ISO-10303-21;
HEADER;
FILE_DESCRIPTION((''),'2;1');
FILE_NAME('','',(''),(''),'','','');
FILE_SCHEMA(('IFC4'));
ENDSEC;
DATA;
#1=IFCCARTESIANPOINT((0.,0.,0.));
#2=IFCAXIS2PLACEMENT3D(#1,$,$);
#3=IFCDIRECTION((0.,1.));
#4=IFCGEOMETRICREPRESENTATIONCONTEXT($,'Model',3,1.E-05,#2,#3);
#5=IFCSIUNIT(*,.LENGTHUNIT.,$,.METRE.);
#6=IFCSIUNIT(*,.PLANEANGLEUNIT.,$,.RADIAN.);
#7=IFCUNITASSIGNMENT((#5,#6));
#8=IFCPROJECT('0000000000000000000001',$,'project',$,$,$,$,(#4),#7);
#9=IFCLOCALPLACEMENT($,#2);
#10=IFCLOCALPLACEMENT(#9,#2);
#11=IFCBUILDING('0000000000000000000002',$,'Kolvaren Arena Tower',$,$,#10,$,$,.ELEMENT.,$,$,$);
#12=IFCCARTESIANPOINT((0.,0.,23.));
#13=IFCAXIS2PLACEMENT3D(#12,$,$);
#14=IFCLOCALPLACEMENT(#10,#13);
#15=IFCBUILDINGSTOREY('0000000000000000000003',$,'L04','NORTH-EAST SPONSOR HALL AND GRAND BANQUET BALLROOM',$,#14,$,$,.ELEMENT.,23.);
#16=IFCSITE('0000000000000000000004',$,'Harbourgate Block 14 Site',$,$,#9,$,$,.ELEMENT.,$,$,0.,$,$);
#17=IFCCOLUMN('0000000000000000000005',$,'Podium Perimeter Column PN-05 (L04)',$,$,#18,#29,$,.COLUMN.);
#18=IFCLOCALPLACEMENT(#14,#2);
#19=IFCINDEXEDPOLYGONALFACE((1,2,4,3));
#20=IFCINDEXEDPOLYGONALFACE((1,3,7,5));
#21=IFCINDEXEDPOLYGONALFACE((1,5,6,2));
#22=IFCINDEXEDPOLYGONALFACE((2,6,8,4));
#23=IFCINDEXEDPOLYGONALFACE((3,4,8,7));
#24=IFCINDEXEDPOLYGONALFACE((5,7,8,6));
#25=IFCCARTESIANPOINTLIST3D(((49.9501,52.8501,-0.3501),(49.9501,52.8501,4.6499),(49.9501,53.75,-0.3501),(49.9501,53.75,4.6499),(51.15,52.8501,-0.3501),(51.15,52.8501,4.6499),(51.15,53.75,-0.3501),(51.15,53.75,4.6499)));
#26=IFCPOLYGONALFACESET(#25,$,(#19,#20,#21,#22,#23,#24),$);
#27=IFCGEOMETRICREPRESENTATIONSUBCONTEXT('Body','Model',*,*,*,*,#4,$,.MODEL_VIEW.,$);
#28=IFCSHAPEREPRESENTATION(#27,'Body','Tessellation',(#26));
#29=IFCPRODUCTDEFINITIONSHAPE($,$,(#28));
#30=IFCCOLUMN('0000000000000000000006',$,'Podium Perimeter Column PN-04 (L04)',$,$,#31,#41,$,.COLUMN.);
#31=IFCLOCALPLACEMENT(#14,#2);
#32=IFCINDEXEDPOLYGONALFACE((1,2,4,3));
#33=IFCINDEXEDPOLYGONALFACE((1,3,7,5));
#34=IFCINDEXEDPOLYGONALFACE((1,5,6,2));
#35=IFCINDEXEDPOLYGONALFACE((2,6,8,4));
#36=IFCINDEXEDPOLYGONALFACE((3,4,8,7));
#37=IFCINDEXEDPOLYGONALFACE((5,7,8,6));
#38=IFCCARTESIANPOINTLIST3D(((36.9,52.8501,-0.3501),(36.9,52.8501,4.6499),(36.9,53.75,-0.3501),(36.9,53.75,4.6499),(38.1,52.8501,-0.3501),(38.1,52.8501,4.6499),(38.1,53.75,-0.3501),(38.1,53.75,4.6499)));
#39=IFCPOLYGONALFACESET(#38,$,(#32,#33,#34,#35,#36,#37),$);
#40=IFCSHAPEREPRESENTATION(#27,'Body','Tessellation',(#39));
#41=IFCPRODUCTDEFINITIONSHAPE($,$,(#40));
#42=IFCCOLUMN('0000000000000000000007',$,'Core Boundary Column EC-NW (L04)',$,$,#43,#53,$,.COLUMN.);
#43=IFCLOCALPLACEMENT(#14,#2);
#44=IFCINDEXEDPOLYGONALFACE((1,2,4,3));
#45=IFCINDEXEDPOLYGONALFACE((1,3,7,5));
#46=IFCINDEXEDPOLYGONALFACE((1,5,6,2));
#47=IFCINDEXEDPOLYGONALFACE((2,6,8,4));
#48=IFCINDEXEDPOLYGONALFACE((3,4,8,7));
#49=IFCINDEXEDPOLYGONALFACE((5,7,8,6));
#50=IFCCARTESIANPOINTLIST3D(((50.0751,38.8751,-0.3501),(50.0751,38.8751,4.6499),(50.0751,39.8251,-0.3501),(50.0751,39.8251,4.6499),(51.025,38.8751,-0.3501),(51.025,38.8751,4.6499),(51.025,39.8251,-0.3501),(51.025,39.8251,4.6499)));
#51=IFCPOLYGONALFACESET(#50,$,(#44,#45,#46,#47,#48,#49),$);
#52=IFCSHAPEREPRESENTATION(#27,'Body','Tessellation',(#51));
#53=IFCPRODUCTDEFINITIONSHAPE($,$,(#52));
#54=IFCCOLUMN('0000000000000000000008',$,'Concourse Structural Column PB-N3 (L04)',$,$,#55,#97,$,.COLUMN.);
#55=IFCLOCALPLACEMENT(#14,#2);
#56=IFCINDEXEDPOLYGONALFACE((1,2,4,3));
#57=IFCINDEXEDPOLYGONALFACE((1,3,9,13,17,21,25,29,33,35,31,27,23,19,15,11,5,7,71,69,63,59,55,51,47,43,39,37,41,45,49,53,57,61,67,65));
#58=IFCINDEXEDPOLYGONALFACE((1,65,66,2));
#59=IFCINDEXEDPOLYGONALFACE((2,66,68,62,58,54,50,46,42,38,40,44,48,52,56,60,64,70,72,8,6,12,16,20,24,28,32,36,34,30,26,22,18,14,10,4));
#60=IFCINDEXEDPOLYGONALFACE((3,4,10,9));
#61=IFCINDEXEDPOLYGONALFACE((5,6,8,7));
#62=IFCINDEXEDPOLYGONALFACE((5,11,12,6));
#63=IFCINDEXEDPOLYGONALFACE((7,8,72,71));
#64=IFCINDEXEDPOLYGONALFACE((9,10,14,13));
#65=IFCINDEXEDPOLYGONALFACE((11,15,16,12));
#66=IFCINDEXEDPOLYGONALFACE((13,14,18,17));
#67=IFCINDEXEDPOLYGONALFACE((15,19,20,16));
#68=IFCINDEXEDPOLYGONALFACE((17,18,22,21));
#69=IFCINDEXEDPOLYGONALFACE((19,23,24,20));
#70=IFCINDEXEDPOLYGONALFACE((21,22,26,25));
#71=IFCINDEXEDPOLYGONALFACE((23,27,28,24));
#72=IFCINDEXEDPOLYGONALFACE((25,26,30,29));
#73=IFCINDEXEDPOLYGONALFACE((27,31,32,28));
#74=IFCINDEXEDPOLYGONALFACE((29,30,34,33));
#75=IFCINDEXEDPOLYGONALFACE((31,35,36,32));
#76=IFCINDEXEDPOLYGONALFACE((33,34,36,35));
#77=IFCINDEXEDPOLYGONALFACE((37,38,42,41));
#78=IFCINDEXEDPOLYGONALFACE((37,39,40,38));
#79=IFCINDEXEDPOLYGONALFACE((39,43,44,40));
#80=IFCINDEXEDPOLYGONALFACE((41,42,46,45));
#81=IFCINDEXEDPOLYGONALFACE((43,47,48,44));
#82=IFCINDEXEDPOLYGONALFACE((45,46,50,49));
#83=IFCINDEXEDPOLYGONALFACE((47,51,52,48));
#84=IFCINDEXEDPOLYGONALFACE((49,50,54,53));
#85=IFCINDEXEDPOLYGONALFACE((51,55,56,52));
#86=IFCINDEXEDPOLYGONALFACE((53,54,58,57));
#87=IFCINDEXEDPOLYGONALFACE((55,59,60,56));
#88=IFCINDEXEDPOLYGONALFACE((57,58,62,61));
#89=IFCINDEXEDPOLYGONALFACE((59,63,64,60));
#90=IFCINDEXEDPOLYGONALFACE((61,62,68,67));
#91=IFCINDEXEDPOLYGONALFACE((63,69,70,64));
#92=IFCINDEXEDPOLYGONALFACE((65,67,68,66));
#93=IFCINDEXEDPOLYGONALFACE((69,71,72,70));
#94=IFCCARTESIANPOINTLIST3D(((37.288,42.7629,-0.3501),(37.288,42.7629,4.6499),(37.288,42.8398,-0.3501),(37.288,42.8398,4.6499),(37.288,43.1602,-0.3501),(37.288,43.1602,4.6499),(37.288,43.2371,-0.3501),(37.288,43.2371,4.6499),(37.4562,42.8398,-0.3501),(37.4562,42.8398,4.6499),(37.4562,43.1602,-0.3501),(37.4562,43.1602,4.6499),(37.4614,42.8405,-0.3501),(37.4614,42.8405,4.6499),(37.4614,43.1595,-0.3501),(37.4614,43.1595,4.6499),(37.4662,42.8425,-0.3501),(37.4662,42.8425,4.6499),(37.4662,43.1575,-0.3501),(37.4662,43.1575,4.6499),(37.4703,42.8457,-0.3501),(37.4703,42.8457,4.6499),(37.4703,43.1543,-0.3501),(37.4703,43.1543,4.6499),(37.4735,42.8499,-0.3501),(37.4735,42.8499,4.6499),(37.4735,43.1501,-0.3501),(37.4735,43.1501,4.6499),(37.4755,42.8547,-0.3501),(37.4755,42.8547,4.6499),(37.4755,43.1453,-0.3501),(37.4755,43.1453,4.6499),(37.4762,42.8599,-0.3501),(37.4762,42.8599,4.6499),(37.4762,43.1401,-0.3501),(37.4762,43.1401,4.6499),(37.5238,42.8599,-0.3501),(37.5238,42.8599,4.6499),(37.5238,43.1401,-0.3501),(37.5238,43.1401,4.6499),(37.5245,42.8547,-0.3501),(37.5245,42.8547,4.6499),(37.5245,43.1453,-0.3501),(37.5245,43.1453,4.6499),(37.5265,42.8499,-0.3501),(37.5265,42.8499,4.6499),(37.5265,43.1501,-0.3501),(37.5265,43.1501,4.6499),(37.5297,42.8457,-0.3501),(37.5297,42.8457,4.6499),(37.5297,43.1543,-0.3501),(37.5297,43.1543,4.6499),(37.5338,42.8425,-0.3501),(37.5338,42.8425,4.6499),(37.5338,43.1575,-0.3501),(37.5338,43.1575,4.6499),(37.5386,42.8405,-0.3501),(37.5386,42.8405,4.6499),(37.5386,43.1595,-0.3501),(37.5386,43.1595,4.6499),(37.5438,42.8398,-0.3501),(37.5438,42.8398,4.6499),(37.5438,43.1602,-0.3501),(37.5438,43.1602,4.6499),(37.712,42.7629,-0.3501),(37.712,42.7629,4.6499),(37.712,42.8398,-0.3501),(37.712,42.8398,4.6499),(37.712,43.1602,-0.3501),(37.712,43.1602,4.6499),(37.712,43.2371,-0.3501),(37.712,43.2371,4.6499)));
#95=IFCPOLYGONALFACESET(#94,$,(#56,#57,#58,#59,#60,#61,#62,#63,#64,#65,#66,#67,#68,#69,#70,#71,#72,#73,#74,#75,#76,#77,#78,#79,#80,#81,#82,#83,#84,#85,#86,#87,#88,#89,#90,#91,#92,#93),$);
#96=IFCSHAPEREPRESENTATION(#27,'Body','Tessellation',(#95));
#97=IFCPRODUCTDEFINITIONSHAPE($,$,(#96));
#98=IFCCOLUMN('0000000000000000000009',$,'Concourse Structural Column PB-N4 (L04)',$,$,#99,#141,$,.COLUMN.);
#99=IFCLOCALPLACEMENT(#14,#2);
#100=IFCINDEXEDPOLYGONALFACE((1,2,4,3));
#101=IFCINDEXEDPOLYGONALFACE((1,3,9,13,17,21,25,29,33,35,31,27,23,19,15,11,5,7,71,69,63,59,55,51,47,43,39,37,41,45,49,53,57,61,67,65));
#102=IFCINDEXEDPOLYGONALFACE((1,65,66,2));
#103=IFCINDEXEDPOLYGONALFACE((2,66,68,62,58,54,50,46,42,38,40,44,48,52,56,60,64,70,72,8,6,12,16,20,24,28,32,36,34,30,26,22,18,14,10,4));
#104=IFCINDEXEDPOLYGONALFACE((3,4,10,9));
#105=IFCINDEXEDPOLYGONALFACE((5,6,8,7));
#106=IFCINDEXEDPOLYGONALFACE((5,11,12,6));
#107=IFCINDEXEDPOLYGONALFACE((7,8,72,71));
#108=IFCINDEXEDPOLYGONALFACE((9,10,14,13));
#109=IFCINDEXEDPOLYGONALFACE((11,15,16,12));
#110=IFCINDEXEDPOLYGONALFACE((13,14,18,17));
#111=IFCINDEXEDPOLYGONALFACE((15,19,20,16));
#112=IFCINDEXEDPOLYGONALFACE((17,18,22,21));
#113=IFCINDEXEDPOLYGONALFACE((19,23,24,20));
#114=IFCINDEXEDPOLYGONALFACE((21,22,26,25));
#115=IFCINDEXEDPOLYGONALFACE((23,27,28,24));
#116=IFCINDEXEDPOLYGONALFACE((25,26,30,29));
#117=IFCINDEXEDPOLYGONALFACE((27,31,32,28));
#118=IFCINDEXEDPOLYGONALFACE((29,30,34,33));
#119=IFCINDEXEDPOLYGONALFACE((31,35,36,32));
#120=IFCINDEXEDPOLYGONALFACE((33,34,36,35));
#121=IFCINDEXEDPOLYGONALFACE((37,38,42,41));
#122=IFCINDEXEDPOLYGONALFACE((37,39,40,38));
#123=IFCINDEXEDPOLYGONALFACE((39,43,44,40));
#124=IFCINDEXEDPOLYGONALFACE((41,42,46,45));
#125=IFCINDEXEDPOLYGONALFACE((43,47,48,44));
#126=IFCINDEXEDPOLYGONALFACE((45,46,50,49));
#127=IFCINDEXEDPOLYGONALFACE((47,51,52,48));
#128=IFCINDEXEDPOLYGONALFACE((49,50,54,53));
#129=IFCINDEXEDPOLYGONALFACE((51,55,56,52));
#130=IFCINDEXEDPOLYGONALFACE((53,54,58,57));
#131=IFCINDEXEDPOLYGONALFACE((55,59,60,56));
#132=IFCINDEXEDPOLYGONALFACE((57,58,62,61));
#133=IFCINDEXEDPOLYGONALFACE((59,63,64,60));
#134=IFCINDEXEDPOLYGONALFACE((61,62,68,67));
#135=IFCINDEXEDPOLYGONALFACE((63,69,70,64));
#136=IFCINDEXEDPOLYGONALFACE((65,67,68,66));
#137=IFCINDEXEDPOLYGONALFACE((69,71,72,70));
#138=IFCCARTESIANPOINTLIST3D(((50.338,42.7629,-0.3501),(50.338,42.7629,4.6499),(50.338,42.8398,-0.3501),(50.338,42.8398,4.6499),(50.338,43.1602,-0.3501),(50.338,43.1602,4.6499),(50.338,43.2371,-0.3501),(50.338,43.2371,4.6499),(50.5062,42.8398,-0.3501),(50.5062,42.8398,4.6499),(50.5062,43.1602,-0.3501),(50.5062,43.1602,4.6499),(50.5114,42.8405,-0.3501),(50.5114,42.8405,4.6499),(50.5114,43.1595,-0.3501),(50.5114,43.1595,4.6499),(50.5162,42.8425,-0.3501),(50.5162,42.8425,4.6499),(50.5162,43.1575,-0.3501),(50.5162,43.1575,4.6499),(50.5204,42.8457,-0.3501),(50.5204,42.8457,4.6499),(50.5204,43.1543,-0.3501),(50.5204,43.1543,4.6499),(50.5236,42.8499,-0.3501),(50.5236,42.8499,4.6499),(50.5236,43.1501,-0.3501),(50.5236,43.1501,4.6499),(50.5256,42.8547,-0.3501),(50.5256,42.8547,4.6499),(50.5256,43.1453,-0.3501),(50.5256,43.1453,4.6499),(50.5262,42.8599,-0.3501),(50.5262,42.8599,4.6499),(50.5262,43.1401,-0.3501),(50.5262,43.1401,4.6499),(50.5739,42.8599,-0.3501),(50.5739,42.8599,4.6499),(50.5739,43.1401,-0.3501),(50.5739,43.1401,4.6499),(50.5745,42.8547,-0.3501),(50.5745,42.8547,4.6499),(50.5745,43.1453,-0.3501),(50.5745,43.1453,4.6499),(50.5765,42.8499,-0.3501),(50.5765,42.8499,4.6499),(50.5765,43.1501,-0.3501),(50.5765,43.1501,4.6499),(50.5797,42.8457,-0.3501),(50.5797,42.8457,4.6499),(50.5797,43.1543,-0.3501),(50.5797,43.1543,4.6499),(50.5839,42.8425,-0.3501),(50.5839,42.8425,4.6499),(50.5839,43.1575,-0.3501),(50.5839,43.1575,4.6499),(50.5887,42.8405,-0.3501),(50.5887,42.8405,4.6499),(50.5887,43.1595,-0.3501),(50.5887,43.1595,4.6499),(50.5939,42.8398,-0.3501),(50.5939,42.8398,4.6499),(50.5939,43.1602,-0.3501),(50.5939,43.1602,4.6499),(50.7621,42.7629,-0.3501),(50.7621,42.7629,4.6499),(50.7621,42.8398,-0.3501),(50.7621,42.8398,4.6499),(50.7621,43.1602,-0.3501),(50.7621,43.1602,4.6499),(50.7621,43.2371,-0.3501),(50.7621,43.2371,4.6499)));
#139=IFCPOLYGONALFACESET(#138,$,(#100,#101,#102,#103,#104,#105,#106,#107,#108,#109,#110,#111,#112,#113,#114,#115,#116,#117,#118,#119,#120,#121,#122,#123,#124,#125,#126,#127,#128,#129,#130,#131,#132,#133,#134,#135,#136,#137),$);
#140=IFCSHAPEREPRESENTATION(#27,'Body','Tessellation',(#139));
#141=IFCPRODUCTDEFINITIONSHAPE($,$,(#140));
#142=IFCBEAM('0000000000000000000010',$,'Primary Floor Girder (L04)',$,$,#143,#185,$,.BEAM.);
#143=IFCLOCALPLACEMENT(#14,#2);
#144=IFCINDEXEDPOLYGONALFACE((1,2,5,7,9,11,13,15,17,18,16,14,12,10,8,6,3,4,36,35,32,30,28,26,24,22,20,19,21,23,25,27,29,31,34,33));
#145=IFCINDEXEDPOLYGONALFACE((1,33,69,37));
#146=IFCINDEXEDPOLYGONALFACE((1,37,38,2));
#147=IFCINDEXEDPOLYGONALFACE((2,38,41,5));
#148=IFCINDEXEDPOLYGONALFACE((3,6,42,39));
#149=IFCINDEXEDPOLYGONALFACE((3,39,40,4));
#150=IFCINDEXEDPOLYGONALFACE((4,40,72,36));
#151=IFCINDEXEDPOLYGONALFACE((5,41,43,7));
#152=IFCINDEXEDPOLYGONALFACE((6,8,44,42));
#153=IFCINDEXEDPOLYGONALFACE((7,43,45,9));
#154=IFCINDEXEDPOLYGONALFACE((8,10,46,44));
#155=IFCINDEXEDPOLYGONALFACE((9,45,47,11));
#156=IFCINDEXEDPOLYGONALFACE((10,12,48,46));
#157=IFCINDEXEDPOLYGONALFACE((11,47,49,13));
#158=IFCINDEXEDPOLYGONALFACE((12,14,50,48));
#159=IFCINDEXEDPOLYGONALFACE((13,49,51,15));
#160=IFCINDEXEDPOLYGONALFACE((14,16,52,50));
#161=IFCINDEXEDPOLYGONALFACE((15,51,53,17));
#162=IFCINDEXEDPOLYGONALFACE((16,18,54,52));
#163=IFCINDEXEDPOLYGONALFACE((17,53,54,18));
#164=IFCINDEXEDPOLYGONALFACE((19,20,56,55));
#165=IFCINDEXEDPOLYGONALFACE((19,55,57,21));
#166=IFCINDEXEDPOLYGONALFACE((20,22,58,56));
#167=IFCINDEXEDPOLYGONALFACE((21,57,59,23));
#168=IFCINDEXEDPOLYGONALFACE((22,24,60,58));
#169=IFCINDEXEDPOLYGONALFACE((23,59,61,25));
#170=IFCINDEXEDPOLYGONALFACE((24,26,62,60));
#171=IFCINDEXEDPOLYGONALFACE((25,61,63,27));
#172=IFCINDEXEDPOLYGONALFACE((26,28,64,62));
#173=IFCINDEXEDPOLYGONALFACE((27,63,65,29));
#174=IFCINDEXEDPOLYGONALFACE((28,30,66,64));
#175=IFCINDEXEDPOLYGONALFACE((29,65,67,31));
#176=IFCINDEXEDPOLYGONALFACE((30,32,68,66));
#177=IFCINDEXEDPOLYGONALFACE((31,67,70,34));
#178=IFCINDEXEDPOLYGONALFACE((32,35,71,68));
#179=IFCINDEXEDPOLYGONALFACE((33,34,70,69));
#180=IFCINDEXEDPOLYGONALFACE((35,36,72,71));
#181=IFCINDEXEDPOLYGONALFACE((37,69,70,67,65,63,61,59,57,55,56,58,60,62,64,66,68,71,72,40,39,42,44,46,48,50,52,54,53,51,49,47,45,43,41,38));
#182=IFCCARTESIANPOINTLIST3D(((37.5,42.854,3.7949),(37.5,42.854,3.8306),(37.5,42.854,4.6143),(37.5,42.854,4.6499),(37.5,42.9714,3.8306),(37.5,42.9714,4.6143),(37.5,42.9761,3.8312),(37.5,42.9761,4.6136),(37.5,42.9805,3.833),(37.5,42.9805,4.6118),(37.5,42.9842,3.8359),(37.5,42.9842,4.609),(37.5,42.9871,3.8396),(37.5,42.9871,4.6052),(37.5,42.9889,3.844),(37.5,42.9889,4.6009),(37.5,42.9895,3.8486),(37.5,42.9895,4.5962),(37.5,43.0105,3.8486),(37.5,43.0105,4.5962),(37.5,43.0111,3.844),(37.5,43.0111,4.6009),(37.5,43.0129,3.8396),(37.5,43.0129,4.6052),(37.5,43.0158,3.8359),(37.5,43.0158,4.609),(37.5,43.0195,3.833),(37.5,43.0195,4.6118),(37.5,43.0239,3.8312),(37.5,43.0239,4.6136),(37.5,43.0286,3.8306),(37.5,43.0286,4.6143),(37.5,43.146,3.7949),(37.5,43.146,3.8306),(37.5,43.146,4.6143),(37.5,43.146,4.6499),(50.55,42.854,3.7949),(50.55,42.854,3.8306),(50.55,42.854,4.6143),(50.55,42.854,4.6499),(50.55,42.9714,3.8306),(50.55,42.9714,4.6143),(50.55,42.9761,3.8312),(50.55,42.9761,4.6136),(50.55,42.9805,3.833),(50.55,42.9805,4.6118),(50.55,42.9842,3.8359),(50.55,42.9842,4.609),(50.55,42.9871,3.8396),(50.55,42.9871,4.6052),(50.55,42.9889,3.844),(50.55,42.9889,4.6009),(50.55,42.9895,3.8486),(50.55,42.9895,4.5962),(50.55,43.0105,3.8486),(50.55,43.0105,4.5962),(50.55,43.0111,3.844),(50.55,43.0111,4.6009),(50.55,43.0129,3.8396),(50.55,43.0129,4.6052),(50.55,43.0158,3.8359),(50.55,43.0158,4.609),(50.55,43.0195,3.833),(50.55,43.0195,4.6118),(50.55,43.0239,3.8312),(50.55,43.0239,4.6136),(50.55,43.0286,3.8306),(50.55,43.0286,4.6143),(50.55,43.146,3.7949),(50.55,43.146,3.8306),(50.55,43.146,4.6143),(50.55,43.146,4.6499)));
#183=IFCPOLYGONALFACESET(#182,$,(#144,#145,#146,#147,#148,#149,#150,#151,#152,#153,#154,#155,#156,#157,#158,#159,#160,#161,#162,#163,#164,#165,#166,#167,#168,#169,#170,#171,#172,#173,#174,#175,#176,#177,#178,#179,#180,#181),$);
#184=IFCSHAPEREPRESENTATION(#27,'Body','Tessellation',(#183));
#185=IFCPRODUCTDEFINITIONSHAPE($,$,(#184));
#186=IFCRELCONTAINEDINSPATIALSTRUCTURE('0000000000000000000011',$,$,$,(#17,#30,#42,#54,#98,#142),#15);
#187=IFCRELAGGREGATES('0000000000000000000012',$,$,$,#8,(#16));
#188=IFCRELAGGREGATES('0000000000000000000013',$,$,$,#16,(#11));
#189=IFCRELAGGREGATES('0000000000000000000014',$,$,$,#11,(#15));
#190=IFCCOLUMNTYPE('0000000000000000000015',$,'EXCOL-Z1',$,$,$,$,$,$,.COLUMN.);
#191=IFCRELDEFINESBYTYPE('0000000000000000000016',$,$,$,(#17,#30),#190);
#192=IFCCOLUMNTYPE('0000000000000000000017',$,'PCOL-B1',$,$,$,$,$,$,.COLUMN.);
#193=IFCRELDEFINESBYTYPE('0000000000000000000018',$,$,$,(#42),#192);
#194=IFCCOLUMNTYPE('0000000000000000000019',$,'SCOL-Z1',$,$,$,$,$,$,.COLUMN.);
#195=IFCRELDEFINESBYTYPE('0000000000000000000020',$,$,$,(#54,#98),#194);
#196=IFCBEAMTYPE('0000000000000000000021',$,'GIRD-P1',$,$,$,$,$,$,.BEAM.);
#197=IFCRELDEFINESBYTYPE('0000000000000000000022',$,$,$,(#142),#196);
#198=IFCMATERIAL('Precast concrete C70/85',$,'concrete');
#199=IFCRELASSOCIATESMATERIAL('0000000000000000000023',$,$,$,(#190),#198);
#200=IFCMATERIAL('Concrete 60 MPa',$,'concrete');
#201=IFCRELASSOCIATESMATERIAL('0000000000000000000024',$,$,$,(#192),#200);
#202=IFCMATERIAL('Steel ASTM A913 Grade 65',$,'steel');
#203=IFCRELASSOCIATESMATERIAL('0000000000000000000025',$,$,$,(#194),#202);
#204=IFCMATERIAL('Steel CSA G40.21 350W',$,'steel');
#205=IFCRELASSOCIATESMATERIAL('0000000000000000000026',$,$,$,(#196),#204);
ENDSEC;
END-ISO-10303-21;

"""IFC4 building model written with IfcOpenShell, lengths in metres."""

from ifc_helpers import new_model, si_unit, direction, frame, origin, origin_2d, place, context, subcontext, project, spatial, rectangle, i_section, extrude, material, material_profile, profile_set, type_object, element, save


model = new_model("IFC4")

# Units and contexts
model_context = context("Model", 3, precision=1e-05, world=origin(), true_north=direction((0.0, 1.0)))
body_context = subcontext(model_context, "Body", "Model", "MODEL_VIEW")
ifc_project = project(units=[si_unit("LENGTHUNIT", "METRE"), si_unit("PLANEANGLEUNIT", "RADIAN")], contexts=[model_context])

# Site, building, storey
site_placement = place(None, origin())
site = spatial("IfcSite", under=ifc_project, at=site_placement, Name="Harbourgate Block 14 Site", CompositionType="ELEMENT", RefElevation=0.0)
building_placement = place(site_placement, origin())
building = spatial("IfcBuilding", under=site, at=building_placement, Name="Kolvaren Arena Tower", CompositionType="ELEMENT")
storey_placement = place(building_placement, frame((0.0, 0.0, 23.0)))
storey = spatial("IfcBuildingStorey", under=building, at=storey_placement, Name="L04", Description="NORTH-EAST SPONSOR HALL AND GRAND BANQUET BALLROOM", CompositionType="ELEMENT", Elevation=23.0)

# Columns
ifc_material_1 = material(Name="Precast concrete C70/85", Category="concrete")
ifc_material_profile_1 = material_profile(ifc_material_1, rectangle(XDim=1.2, YDim=0.8999, at=origin_2d()), Name="RC-1200x900")
ifc_profile_set_1 = profile_set([ifc_material_profile_1], Name="Precast concrete C70/85")
column_type_1 = type_object("IfcColumnType", Name="EXCOL-Z1", PredefinedType="COLUMN", material=ifc_profile_set_1)
for number, where, z_axis, x_axis, name in (
    (1, (50.55, 53.3, -0.3501), (0.0, 0.0, 1.0), (1.0, 0.0, 0.0), "Podium Perimeter Column PN-05 (L04)"),
    (2, (37.5, 53.3, -0.3501), (0.0, 0.0, 1.0), (1.0, 0.0, 0.0), "Podium Perimeter Column PN-04 (L04)"),
):
    element("IfcColumn", number, at=place(storey_placement, frame(where, z_axis=z_axis, x_axis=x_axis)), inside=storey, type_object=column_type_1, Name=name, PredefinedType="COLUMN", context=body_context, shape_type="SweptSolid", body=[
        extrude(rectangle(XDim=1.2, YDim=0.8999, at=origin_2d()), origin(), (0.0, 0.0, 1.0), 5.0),
    ])
ifc_material_2 = material(Name="Concrete 60 MPa", Category="concrete")
ifc_material_profile_2 = material_profile(ifc_material_2, rectangle(XDim=0.95, YDim=0.95, at=origin_2d()), Name="RC-950x950")
ifc_profile_set_2 = profile_set([ifc_material_profile_2], Name="Concrete 60 MPa")
column_type_2 = type_object("IfcColumnType", Name="PCOL-B1", PredefinedType="COLUMN", material=ifc_profile_set_2)
column_placement = place(storey_placement, frame((50.55, 39.3501, -0.3501), z_axis=(0.0, 0.0, 1.0), x_axis=(1.0, 0.0, 0.0)))
element("IfcColumn", 3, at=column_placement, inside=storey, type_object=column_type_2, Name="Core Boundary Column EC-NW (L04)", PredefinedType="COLUMN", context=body_context, shape_type="SweptSolid", body=[
    extrude(rectangle(XDim=0.95, YDim=0.95, at=origin_2d()), origin(), (0.0, 0.0, 1.0), 5.0),
])
ifc_material_3 = material(Name="Steel ASTM A913 Grade 65", Category="steel")
ifc_material_profile_3 = material_profile(ifc_material_3, i_section(OverallWidth=0.4241, OverallDepth=0.4741, WebThickness=0.0476, FlangeThickness=0.0769, FilletRadius=0.02, at=origin_2d()), Name="W360x634")
ifc_profile_set_3 = profile_set([ifc_material_profile_3], Name="Steel ASTM A913 Grade 65")
column_type_3 = type_object("IfcColumnType", Name="SCOL-Z1", PredefinedType="COLUMN", material=ifc_profile_set_3)
for number, where, z_axis, x_axis, name in (
    (4, (37.5, 43.0, -0.3501), (0.0, 0.0, 1.0), (1.0, 0.0, 0.0), "Concourse Structural Column PB-N3 (L04)"),
    (5, (50.55, 43.0, -0.3501), (0.0, 0.0, 1.0), (1.0, 0.0, 0.0), "Concourse Structural Column PB-N4 (L04)"),
):
    element("IfcColumn", number, at=place(storey_placement, frame(where, z_axis=z_axis, x_axis=x_axis)), inside=storey, type_object=column_type_3, Name=name, PredefinedType="COLUMN", context=body_context, shape_type="SweptSolid", body=[
        extrude(i_section(OverallWidth=0.4241, OverallDepth=0.4741, WebThickness=0.0476, FlangeThickness=0.0769, FilletRadius=0.02, at=origin_2d()), origin(), (0.0, 0.0, 1.0), 5.0),
    ])

# Beam
ifc_material_4 = material(Name="Steel CSA G40.21 350W", Category="steel")
ifc_material_profile_4 = material_profile(ifc_material_4, i_section(OverallWidth=0.292, OverallDepth=0.855, WebThickness=0.021, FlangeThickness=0.0356, FilletRadius=0.0181, at=origin_2d()), Name="W840x299")
ifc_profile_set_4 = profile_set([ifc_material_profile_4], Name="Steel CSA G40.21 350W")
beam_type_1 = type_object("IfcBeamType", Name="GIRD-P1", PredefinedType="BEAM", material=ifc_profile_set_4)
beam_1_placement = place(storey_placement, frame((37.5, 43.0, 4.2224), z_axis=(1.0, 0.0, 0.0), x_axis=(0.0, 1.0, 0.0)))
element("IfcBeam", 6, at=beam_1_placement, inside=storey, type_object=beam_type_1, Name="Primary Floor Girder (L04)", PredefinedType="BEAM", context=body_context, shape_type="SweptSolid", body=[
    extrude(i_section(OverallWidth=0.292, OverallDepth=0.855, WebThickness=0.021, FlangeThickness=0.0356, FilletRadius=0.0181, at=origin_2d()), origin(), (0.0, 0.0, 1.0), 13.05),
])

save(model, "model.ifc")
